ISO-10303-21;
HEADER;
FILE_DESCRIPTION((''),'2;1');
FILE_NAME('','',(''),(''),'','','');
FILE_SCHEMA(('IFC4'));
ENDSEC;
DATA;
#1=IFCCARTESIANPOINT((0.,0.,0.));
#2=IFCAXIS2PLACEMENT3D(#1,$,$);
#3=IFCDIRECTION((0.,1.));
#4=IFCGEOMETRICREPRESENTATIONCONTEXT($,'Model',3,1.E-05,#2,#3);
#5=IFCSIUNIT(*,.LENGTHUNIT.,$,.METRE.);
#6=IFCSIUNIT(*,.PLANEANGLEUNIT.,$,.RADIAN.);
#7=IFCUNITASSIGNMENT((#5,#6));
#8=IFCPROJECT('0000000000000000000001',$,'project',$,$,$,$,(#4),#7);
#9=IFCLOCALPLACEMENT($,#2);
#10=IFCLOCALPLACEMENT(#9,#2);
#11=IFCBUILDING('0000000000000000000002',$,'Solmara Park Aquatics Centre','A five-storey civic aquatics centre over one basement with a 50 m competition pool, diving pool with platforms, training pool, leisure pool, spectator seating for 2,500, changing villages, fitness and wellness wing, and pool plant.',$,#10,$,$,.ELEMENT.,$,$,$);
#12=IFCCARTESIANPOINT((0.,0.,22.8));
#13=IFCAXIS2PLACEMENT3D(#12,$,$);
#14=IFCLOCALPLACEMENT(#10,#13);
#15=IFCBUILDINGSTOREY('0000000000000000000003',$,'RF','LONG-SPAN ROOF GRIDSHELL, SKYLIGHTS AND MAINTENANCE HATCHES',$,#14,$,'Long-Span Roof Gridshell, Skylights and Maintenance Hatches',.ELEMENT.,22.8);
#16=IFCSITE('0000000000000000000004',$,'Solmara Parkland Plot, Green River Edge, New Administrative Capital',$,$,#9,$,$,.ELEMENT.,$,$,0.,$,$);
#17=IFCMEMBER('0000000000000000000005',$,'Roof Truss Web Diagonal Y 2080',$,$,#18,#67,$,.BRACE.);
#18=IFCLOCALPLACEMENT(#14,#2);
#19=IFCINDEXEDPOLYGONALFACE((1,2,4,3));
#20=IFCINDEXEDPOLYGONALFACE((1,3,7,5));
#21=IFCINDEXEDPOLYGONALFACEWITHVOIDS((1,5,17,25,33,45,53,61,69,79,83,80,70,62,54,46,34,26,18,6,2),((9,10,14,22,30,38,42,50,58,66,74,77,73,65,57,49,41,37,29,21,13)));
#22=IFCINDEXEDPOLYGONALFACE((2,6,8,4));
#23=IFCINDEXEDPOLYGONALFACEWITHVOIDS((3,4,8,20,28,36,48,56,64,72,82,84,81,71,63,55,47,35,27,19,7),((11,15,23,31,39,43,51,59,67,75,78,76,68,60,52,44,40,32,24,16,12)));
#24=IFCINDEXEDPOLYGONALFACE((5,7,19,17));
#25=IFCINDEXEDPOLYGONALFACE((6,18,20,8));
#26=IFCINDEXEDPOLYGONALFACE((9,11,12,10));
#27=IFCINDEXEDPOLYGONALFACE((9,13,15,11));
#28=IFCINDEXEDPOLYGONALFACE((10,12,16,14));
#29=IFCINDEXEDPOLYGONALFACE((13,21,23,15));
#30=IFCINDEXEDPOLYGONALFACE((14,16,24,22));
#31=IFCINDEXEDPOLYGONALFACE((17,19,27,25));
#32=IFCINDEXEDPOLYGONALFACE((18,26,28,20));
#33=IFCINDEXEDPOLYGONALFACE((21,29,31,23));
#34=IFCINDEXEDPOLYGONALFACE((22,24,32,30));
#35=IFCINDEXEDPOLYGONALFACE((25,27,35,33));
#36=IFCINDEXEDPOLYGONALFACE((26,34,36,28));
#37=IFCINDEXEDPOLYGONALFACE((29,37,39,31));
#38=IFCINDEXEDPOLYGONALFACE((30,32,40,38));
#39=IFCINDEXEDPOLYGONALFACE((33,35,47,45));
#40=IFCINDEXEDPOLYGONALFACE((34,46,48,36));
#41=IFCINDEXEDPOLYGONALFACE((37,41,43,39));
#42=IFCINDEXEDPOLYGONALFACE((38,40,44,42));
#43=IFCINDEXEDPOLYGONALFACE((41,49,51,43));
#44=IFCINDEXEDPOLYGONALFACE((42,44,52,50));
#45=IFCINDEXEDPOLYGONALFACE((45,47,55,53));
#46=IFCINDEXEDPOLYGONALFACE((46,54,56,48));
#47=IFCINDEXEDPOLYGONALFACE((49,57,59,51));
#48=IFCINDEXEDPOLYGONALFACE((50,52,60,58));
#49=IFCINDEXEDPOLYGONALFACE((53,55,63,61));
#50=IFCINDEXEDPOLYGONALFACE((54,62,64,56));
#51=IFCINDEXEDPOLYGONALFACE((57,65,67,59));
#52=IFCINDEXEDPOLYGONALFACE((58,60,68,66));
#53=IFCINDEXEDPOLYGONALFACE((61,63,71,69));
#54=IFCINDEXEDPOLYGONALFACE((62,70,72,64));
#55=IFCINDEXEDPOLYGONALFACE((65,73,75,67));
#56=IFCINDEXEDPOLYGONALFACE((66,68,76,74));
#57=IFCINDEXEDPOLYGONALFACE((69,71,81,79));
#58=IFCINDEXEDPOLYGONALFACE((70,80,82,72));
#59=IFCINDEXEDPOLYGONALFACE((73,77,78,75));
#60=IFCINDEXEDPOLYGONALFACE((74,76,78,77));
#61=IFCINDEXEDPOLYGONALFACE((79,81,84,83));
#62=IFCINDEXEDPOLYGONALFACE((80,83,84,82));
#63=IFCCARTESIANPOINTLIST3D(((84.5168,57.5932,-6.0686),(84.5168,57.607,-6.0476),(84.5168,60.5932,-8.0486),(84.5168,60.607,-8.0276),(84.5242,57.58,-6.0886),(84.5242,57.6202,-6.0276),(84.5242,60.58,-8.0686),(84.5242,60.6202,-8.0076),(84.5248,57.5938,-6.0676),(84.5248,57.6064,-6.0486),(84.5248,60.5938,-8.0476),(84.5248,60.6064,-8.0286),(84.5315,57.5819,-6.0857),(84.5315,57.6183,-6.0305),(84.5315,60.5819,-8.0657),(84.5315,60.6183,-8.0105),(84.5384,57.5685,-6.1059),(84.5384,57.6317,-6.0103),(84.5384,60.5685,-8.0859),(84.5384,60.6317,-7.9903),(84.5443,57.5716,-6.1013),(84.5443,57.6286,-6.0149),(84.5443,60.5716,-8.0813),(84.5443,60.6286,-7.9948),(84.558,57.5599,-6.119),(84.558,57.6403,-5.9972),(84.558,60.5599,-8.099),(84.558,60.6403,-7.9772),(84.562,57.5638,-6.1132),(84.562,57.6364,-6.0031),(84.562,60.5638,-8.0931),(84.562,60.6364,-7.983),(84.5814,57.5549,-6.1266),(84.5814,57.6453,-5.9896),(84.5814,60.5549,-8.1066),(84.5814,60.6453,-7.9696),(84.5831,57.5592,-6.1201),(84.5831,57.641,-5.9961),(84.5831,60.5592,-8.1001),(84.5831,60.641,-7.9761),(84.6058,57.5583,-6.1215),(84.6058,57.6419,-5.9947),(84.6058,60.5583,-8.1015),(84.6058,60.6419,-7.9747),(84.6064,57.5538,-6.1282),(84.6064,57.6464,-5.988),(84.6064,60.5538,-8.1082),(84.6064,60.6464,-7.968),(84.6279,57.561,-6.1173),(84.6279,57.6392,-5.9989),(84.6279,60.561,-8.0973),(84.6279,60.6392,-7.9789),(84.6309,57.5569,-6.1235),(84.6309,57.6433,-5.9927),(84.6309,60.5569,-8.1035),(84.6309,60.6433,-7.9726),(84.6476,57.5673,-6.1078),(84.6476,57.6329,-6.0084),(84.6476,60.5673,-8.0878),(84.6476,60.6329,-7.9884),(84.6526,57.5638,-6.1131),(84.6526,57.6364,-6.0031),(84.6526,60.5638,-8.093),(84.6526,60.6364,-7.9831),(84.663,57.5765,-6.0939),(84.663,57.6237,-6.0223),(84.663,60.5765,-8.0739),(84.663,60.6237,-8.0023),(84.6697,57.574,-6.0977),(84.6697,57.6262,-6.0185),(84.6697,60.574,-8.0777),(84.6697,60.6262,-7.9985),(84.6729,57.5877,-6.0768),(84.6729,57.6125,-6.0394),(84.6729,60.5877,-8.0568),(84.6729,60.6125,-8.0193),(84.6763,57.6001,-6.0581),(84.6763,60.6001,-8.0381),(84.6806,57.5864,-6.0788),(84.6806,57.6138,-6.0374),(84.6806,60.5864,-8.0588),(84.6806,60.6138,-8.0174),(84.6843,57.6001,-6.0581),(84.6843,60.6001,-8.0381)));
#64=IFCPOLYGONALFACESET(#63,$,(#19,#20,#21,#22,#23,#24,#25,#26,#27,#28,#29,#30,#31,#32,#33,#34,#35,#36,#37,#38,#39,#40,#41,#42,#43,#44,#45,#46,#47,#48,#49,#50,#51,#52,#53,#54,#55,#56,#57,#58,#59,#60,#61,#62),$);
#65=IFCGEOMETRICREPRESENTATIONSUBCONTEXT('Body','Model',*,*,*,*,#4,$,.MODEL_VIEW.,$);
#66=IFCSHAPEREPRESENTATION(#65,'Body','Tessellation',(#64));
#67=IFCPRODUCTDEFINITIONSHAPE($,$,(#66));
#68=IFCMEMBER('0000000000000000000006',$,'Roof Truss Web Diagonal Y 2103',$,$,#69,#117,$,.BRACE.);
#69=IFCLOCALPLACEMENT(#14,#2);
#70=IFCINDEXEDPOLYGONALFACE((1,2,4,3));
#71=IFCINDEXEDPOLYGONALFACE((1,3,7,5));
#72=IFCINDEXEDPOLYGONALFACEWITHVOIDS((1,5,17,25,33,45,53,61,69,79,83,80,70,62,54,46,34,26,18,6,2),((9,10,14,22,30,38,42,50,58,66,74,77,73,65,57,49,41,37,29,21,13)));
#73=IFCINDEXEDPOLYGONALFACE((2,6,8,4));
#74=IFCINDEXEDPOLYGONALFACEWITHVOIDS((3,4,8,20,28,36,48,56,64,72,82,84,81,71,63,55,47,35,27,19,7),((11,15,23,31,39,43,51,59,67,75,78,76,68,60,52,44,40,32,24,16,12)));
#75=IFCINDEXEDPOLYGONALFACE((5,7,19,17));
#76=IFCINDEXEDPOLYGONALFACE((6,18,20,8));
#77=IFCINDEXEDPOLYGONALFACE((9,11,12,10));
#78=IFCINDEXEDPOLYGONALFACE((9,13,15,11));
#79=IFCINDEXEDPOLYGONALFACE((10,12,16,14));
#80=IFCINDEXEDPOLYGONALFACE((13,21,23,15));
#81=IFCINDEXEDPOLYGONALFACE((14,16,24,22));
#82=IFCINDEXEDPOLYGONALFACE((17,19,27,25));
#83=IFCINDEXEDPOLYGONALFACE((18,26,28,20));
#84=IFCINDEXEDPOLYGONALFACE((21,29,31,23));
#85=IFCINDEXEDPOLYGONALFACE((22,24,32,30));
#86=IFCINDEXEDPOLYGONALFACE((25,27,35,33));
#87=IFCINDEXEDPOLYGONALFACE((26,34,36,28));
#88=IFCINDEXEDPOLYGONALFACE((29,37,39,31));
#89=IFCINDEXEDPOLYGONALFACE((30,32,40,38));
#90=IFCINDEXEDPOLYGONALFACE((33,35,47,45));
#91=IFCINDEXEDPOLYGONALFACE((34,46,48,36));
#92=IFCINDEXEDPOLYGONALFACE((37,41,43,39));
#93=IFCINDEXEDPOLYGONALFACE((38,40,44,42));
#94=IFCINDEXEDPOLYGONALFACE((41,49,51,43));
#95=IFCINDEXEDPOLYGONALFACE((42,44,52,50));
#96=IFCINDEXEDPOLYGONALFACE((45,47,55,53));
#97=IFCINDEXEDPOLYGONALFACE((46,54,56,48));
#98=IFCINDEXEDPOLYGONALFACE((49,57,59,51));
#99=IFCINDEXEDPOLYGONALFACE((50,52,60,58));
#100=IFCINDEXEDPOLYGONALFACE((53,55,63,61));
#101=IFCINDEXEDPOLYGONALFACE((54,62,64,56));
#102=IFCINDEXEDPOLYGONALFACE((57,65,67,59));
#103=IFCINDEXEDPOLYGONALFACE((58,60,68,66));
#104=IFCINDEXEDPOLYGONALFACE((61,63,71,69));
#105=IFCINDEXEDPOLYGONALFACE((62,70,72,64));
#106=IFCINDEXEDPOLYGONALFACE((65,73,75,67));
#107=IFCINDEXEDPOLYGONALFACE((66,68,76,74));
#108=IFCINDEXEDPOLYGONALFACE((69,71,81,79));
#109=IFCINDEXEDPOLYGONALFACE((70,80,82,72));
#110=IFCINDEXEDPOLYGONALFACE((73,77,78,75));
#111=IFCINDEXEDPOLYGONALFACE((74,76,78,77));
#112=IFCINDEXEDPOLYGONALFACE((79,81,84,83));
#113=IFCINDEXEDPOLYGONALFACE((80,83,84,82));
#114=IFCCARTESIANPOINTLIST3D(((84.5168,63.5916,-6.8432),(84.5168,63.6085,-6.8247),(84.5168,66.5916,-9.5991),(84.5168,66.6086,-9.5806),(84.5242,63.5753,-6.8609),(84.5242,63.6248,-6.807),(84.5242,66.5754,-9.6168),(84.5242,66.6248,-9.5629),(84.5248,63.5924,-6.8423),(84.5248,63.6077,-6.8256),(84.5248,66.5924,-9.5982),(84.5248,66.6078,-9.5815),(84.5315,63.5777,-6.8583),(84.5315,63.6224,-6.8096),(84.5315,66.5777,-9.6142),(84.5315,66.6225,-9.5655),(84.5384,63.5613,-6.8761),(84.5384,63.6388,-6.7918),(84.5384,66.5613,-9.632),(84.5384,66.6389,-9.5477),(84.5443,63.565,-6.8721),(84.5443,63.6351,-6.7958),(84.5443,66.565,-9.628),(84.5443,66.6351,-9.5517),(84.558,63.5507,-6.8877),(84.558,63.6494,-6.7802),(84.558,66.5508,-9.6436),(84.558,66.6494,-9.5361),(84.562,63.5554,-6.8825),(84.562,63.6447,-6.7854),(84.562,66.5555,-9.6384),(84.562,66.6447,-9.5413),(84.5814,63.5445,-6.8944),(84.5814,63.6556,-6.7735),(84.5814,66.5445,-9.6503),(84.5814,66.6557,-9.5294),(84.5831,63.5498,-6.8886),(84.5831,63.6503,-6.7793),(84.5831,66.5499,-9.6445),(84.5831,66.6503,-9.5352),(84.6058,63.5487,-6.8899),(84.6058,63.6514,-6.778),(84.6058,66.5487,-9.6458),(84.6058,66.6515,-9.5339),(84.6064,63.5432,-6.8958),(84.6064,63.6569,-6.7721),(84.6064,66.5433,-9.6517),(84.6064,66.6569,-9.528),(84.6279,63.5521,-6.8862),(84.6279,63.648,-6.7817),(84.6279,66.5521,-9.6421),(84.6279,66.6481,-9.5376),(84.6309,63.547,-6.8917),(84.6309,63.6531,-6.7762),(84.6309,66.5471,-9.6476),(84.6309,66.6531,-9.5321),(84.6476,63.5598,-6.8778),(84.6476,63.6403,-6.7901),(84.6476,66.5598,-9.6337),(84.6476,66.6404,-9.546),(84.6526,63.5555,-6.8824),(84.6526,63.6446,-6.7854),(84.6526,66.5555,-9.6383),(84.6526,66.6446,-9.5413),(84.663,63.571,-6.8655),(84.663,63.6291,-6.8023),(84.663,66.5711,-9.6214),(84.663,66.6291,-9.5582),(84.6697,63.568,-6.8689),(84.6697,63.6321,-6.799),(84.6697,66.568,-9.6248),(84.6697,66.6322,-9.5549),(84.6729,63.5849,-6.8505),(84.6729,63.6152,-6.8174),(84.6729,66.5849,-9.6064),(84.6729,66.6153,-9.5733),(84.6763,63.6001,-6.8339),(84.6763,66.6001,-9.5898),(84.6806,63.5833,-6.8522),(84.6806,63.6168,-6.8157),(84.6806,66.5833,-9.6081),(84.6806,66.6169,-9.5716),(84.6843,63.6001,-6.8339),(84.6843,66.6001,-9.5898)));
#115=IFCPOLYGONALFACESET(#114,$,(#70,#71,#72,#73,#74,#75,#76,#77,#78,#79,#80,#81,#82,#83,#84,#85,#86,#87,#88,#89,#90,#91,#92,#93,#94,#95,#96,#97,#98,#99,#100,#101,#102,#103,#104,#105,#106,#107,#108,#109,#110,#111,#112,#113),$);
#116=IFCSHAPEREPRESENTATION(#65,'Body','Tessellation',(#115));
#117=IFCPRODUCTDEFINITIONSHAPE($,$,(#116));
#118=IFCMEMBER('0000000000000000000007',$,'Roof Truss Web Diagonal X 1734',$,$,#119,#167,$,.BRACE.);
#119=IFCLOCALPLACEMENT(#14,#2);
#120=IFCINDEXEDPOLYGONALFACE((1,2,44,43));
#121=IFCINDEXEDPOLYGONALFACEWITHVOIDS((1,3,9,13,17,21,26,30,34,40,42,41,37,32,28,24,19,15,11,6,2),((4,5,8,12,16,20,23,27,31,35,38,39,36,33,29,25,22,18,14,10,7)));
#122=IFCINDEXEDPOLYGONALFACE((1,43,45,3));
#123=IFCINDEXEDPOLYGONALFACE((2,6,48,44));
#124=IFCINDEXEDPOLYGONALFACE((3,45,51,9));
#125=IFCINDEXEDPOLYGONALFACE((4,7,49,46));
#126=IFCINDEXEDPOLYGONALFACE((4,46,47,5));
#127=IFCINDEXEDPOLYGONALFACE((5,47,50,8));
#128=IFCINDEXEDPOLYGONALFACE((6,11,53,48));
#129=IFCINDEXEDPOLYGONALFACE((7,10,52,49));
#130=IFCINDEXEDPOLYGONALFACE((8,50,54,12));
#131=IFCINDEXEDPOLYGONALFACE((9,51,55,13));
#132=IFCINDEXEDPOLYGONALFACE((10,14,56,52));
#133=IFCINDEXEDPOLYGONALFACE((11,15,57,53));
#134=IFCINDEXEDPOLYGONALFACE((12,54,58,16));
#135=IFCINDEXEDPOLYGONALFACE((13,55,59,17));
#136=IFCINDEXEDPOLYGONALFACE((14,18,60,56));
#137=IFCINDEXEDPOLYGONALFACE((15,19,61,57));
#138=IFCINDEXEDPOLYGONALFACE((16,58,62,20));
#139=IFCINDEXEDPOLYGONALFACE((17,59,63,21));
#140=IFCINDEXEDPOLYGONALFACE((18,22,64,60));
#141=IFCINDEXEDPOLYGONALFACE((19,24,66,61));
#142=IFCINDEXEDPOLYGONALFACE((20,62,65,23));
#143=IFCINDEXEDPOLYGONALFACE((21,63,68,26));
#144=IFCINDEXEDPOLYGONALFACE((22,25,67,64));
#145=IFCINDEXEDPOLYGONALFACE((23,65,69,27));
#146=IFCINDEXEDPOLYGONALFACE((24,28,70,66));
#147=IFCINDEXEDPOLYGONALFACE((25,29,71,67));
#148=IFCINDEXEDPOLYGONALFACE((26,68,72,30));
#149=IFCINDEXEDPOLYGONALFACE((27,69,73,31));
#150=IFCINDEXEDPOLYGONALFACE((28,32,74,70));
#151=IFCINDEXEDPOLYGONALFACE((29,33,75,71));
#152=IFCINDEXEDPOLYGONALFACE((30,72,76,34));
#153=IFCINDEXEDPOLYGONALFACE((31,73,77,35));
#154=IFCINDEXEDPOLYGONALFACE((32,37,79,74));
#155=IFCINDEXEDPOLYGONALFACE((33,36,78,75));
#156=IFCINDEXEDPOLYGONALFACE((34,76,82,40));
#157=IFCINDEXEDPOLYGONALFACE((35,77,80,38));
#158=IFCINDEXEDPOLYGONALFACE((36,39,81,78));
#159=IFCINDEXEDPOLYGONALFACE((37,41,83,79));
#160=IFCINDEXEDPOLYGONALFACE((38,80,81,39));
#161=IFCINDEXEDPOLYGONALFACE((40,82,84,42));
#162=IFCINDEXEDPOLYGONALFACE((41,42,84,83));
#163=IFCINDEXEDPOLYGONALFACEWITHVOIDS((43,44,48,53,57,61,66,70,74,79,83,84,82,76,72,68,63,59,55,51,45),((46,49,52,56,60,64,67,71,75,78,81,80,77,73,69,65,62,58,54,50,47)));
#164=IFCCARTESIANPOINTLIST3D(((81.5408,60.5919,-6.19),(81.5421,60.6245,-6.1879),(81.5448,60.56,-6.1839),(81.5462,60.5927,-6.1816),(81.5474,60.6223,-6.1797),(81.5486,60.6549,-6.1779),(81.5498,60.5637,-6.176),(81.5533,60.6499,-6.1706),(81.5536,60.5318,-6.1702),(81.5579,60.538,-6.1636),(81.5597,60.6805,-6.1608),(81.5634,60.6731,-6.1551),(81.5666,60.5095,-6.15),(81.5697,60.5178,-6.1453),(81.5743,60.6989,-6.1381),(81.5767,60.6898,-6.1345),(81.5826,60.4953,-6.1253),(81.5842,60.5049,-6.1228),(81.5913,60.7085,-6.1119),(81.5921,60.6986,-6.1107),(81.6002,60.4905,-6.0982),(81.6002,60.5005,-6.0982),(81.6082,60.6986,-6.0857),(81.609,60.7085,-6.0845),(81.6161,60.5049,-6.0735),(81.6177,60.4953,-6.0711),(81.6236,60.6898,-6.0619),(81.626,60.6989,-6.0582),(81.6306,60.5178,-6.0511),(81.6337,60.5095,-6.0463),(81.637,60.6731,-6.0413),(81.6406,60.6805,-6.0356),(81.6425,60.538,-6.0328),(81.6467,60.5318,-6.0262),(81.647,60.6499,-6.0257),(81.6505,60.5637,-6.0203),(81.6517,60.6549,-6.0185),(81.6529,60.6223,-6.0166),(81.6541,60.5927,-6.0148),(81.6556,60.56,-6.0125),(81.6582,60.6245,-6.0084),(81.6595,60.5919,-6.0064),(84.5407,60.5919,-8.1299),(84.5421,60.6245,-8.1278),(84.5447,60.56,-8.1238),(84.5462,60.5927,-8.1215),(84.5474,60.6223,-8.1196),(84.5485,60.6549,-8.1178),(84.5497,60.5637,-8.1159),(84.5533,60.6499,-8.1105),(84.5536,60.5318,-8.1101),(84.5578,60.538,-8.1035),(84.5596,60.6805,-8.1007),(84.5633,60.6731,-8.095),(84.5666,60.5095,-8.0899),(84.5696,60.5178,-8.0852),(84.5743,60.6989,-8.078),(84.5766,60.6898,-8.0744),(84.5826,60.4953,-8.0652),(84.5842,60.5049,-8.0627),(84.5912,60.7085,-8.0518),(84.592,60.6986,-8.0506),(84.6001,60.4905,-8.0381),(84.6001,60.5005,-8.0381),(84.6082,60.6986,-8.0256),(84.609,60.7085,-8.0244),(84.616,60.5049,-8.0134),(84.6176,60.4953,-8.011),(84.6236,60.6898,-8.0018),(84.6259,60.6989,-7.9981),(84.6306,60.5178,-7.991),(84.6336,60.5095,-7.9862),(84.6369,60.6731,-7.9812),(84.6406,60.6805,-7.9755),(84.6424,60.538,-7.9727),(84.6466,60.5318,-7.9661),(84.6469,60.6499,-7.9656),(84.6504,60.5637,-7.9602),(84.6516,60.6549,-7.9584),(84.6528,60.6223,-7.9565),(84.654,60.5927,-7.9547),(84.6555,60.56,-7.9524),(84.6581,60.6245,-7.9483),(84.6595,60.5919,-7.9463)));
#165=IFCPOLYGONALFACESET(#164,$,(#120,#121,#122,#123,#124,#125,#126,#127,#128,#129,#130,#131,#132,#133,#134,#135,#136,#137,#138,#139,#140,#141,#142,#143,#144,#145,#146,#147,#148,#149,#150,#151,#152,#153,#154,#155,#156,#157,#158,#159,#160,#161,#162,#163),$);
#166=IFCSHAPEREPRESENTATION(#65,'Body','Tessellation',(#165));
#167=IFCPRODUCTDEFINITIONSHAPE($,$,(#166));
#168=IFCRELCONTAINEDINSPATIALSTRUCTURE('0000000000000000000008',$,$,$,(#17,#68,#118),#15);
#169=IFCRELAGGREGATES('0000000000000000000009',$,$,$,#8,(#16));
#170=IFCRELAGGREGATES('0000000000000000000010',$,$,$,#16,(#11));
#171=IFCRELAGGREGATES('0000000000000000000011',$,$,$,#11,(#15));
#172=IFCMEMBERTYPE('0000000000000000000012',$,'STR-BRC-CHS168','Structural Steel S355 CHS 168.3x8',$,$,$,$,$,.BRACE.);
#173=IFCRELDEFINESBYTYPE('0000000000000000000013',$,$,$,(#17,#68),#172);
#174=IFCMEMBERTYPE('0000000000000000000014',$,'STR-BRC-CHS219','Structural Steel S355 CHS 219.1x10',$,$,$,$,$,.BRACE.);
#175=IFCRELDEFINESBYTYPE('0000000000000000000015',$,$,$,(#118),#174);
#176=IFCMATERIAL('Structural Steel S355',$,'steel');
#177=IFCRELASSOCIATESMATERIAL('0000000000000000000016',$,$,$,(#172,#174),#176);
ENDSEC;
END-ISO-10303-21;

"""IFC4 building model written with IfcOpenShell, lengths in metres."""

from ifc_helpers import new_model, si_unit, direction, frame, origin, origin_2d, place, context, subcontext, project, spatial, hollow_circle, extrude, material, material_profile, profile_set, type_object, element, save


model = new_model("IFC4")

# Units and contexts
model_context = context("Model", 3, precision=1e-05, world=origin(), true_north=direction((0.0, 1.0)))
body_context = subcontext(model_context, "Body", "Model", "MODEL_VIEW")
ifc_project = project(units=[si_unit("LENGTHUNIT", "METRE"), si_unit("PLANEANGLEUNIT", "RADIAN")], contexts=[model_context])

# Site, building, storey
site_placement = place(None, origin())
site = spatial("IfcSite", under=ifc_project, at=site_placement, Name="Solmara Parkland Plot, Green River Edge, New Administrative Capital", CompositionType="ELEMENT", RefElevation=0.0)
building_placement = place(site_placement, origin())
building = spatial("IfcBuilding", under=site, at=building_placement, Name="Solmara Park Aquatics Centre", Description="A five-storey civic aquatics centre over one basement with a 50 m competition pool, diving pool with platforms, training pool, leisure pool, spectator seating for 2,500, changing villages, fitness and wellness wing, and pool plant.", CompositionType="ELEMENT")
storey_placement = place(building_placement, frame((0.0, 0.0, 22.8)))
storey = spatial("IfcBuildingStorey", under=building, at=storey_placement, Name="RF", Description="LONG-SPAN ROOF GRIDSHELL, SKYLIGHTS AND MAINTENANCE HATCHES", LongName="Long-Span Roof Gridshell, Skylights and Maintenance Hatches", CompositionType="ELEMENT", Elevation=22.8)

# Members
ifc_material_1 = material(Name="Structural Steel S355", Category="steel")
ifc_material_profile_1 = material_profile(ifc_material_1, hollow_circle(Radius=0.0842, WallThickness=0.0081, at=origin_2d()), Name="CHS 168.3x8")
ifc_profile_set_1 = profile_set([ifc_material_profile_1], Name="Structural Steel S355")
member_type_1 = type_object("IfcMemberType", Name="STR-BRC-CHS168", Description="Structural Steel S355 CHS 168.3x8", PredefinedType="BRACE", material=ifc_profile_set_1)
member_1_placement = place(storey_placement, frame((84.6001, 60.6001, -8.0381), z_axis=(0.0, -0.834612, 0.550838), x_axis=(1.0, 0.0, 0.0)))
element("IfcMember", 1, at=member_1_placement, inside=storey, type_object=member_type_1, Name="Roof Truss Web Diagonal Y 2080", PredefinedType="BRACE", context=body_context, shape_type="SweptSolid", body=[
    extrude(hollow_circle(Radius=0.0842, WallThickness=0.0081, at=origin_2d()), origin(), (0.0, 0.0, 1.0), 3.5945),
])
member_2_placement = place(storey_placement, frame((84.6001, 66.6001, -9.5898), z_axis=(0.0, -0.736437, 0.676506), x_axis=(1.0, 0.0, 0.0)))
element("IfcMember", 2, at=member_2_placement, inside=storey, type_object=member_type_1, Name="Roof Truss Web Diagonal Y 2103", PredefinedType="BRACE", context=body_context, shape_type="SweptSolid", body=[
    extrude(hollow_circle(Radius=0.0842, WallThickness=0.0081, at=origin_2d()), origin(), (0.0, 0.0, 1.0), 4.0737),
])
ifc_material_profile_2 = material_profile(ifc_material_1, hollow_circle(Radius=0.1096, WallThickness=0.01, at=origin_2d()), Name="CHS 219.1x10")
ifc_profile_set_2 = profile_set([ifc_material_profile_2], Name="Structural Steel S355")
member_type_2 = type_object("IfcMemberType", Name="STR-BRC-CHS219", Description="Structural Steel S355 CHS 219.1x10", PredefinedType="BRACE", material=ifc_profile_set_2)
member_3_placement = place(storey_placement, frame((84.6001, 60.6001, -8.0381), z_axis=(-0.839728, 0.0, 0.543008), x_axis=(0.0, -1.0, 0.0)))
element("IfcMember", 3, at=member_3_placement, inside=storey, type_object=member_type_2, Name="Roof Truss Web Diagonal X 1734", PredefinedType="BRACE", context=body_context, shape_type="SweptSolid", body=[
    extrude(hollow_circle(Radius=0.1096, WallThickness=0.01, at=origin_2d()), origin(), (0.0, 0.0, 1.0), 3.5725),
])

save(model, "model.ifc")
